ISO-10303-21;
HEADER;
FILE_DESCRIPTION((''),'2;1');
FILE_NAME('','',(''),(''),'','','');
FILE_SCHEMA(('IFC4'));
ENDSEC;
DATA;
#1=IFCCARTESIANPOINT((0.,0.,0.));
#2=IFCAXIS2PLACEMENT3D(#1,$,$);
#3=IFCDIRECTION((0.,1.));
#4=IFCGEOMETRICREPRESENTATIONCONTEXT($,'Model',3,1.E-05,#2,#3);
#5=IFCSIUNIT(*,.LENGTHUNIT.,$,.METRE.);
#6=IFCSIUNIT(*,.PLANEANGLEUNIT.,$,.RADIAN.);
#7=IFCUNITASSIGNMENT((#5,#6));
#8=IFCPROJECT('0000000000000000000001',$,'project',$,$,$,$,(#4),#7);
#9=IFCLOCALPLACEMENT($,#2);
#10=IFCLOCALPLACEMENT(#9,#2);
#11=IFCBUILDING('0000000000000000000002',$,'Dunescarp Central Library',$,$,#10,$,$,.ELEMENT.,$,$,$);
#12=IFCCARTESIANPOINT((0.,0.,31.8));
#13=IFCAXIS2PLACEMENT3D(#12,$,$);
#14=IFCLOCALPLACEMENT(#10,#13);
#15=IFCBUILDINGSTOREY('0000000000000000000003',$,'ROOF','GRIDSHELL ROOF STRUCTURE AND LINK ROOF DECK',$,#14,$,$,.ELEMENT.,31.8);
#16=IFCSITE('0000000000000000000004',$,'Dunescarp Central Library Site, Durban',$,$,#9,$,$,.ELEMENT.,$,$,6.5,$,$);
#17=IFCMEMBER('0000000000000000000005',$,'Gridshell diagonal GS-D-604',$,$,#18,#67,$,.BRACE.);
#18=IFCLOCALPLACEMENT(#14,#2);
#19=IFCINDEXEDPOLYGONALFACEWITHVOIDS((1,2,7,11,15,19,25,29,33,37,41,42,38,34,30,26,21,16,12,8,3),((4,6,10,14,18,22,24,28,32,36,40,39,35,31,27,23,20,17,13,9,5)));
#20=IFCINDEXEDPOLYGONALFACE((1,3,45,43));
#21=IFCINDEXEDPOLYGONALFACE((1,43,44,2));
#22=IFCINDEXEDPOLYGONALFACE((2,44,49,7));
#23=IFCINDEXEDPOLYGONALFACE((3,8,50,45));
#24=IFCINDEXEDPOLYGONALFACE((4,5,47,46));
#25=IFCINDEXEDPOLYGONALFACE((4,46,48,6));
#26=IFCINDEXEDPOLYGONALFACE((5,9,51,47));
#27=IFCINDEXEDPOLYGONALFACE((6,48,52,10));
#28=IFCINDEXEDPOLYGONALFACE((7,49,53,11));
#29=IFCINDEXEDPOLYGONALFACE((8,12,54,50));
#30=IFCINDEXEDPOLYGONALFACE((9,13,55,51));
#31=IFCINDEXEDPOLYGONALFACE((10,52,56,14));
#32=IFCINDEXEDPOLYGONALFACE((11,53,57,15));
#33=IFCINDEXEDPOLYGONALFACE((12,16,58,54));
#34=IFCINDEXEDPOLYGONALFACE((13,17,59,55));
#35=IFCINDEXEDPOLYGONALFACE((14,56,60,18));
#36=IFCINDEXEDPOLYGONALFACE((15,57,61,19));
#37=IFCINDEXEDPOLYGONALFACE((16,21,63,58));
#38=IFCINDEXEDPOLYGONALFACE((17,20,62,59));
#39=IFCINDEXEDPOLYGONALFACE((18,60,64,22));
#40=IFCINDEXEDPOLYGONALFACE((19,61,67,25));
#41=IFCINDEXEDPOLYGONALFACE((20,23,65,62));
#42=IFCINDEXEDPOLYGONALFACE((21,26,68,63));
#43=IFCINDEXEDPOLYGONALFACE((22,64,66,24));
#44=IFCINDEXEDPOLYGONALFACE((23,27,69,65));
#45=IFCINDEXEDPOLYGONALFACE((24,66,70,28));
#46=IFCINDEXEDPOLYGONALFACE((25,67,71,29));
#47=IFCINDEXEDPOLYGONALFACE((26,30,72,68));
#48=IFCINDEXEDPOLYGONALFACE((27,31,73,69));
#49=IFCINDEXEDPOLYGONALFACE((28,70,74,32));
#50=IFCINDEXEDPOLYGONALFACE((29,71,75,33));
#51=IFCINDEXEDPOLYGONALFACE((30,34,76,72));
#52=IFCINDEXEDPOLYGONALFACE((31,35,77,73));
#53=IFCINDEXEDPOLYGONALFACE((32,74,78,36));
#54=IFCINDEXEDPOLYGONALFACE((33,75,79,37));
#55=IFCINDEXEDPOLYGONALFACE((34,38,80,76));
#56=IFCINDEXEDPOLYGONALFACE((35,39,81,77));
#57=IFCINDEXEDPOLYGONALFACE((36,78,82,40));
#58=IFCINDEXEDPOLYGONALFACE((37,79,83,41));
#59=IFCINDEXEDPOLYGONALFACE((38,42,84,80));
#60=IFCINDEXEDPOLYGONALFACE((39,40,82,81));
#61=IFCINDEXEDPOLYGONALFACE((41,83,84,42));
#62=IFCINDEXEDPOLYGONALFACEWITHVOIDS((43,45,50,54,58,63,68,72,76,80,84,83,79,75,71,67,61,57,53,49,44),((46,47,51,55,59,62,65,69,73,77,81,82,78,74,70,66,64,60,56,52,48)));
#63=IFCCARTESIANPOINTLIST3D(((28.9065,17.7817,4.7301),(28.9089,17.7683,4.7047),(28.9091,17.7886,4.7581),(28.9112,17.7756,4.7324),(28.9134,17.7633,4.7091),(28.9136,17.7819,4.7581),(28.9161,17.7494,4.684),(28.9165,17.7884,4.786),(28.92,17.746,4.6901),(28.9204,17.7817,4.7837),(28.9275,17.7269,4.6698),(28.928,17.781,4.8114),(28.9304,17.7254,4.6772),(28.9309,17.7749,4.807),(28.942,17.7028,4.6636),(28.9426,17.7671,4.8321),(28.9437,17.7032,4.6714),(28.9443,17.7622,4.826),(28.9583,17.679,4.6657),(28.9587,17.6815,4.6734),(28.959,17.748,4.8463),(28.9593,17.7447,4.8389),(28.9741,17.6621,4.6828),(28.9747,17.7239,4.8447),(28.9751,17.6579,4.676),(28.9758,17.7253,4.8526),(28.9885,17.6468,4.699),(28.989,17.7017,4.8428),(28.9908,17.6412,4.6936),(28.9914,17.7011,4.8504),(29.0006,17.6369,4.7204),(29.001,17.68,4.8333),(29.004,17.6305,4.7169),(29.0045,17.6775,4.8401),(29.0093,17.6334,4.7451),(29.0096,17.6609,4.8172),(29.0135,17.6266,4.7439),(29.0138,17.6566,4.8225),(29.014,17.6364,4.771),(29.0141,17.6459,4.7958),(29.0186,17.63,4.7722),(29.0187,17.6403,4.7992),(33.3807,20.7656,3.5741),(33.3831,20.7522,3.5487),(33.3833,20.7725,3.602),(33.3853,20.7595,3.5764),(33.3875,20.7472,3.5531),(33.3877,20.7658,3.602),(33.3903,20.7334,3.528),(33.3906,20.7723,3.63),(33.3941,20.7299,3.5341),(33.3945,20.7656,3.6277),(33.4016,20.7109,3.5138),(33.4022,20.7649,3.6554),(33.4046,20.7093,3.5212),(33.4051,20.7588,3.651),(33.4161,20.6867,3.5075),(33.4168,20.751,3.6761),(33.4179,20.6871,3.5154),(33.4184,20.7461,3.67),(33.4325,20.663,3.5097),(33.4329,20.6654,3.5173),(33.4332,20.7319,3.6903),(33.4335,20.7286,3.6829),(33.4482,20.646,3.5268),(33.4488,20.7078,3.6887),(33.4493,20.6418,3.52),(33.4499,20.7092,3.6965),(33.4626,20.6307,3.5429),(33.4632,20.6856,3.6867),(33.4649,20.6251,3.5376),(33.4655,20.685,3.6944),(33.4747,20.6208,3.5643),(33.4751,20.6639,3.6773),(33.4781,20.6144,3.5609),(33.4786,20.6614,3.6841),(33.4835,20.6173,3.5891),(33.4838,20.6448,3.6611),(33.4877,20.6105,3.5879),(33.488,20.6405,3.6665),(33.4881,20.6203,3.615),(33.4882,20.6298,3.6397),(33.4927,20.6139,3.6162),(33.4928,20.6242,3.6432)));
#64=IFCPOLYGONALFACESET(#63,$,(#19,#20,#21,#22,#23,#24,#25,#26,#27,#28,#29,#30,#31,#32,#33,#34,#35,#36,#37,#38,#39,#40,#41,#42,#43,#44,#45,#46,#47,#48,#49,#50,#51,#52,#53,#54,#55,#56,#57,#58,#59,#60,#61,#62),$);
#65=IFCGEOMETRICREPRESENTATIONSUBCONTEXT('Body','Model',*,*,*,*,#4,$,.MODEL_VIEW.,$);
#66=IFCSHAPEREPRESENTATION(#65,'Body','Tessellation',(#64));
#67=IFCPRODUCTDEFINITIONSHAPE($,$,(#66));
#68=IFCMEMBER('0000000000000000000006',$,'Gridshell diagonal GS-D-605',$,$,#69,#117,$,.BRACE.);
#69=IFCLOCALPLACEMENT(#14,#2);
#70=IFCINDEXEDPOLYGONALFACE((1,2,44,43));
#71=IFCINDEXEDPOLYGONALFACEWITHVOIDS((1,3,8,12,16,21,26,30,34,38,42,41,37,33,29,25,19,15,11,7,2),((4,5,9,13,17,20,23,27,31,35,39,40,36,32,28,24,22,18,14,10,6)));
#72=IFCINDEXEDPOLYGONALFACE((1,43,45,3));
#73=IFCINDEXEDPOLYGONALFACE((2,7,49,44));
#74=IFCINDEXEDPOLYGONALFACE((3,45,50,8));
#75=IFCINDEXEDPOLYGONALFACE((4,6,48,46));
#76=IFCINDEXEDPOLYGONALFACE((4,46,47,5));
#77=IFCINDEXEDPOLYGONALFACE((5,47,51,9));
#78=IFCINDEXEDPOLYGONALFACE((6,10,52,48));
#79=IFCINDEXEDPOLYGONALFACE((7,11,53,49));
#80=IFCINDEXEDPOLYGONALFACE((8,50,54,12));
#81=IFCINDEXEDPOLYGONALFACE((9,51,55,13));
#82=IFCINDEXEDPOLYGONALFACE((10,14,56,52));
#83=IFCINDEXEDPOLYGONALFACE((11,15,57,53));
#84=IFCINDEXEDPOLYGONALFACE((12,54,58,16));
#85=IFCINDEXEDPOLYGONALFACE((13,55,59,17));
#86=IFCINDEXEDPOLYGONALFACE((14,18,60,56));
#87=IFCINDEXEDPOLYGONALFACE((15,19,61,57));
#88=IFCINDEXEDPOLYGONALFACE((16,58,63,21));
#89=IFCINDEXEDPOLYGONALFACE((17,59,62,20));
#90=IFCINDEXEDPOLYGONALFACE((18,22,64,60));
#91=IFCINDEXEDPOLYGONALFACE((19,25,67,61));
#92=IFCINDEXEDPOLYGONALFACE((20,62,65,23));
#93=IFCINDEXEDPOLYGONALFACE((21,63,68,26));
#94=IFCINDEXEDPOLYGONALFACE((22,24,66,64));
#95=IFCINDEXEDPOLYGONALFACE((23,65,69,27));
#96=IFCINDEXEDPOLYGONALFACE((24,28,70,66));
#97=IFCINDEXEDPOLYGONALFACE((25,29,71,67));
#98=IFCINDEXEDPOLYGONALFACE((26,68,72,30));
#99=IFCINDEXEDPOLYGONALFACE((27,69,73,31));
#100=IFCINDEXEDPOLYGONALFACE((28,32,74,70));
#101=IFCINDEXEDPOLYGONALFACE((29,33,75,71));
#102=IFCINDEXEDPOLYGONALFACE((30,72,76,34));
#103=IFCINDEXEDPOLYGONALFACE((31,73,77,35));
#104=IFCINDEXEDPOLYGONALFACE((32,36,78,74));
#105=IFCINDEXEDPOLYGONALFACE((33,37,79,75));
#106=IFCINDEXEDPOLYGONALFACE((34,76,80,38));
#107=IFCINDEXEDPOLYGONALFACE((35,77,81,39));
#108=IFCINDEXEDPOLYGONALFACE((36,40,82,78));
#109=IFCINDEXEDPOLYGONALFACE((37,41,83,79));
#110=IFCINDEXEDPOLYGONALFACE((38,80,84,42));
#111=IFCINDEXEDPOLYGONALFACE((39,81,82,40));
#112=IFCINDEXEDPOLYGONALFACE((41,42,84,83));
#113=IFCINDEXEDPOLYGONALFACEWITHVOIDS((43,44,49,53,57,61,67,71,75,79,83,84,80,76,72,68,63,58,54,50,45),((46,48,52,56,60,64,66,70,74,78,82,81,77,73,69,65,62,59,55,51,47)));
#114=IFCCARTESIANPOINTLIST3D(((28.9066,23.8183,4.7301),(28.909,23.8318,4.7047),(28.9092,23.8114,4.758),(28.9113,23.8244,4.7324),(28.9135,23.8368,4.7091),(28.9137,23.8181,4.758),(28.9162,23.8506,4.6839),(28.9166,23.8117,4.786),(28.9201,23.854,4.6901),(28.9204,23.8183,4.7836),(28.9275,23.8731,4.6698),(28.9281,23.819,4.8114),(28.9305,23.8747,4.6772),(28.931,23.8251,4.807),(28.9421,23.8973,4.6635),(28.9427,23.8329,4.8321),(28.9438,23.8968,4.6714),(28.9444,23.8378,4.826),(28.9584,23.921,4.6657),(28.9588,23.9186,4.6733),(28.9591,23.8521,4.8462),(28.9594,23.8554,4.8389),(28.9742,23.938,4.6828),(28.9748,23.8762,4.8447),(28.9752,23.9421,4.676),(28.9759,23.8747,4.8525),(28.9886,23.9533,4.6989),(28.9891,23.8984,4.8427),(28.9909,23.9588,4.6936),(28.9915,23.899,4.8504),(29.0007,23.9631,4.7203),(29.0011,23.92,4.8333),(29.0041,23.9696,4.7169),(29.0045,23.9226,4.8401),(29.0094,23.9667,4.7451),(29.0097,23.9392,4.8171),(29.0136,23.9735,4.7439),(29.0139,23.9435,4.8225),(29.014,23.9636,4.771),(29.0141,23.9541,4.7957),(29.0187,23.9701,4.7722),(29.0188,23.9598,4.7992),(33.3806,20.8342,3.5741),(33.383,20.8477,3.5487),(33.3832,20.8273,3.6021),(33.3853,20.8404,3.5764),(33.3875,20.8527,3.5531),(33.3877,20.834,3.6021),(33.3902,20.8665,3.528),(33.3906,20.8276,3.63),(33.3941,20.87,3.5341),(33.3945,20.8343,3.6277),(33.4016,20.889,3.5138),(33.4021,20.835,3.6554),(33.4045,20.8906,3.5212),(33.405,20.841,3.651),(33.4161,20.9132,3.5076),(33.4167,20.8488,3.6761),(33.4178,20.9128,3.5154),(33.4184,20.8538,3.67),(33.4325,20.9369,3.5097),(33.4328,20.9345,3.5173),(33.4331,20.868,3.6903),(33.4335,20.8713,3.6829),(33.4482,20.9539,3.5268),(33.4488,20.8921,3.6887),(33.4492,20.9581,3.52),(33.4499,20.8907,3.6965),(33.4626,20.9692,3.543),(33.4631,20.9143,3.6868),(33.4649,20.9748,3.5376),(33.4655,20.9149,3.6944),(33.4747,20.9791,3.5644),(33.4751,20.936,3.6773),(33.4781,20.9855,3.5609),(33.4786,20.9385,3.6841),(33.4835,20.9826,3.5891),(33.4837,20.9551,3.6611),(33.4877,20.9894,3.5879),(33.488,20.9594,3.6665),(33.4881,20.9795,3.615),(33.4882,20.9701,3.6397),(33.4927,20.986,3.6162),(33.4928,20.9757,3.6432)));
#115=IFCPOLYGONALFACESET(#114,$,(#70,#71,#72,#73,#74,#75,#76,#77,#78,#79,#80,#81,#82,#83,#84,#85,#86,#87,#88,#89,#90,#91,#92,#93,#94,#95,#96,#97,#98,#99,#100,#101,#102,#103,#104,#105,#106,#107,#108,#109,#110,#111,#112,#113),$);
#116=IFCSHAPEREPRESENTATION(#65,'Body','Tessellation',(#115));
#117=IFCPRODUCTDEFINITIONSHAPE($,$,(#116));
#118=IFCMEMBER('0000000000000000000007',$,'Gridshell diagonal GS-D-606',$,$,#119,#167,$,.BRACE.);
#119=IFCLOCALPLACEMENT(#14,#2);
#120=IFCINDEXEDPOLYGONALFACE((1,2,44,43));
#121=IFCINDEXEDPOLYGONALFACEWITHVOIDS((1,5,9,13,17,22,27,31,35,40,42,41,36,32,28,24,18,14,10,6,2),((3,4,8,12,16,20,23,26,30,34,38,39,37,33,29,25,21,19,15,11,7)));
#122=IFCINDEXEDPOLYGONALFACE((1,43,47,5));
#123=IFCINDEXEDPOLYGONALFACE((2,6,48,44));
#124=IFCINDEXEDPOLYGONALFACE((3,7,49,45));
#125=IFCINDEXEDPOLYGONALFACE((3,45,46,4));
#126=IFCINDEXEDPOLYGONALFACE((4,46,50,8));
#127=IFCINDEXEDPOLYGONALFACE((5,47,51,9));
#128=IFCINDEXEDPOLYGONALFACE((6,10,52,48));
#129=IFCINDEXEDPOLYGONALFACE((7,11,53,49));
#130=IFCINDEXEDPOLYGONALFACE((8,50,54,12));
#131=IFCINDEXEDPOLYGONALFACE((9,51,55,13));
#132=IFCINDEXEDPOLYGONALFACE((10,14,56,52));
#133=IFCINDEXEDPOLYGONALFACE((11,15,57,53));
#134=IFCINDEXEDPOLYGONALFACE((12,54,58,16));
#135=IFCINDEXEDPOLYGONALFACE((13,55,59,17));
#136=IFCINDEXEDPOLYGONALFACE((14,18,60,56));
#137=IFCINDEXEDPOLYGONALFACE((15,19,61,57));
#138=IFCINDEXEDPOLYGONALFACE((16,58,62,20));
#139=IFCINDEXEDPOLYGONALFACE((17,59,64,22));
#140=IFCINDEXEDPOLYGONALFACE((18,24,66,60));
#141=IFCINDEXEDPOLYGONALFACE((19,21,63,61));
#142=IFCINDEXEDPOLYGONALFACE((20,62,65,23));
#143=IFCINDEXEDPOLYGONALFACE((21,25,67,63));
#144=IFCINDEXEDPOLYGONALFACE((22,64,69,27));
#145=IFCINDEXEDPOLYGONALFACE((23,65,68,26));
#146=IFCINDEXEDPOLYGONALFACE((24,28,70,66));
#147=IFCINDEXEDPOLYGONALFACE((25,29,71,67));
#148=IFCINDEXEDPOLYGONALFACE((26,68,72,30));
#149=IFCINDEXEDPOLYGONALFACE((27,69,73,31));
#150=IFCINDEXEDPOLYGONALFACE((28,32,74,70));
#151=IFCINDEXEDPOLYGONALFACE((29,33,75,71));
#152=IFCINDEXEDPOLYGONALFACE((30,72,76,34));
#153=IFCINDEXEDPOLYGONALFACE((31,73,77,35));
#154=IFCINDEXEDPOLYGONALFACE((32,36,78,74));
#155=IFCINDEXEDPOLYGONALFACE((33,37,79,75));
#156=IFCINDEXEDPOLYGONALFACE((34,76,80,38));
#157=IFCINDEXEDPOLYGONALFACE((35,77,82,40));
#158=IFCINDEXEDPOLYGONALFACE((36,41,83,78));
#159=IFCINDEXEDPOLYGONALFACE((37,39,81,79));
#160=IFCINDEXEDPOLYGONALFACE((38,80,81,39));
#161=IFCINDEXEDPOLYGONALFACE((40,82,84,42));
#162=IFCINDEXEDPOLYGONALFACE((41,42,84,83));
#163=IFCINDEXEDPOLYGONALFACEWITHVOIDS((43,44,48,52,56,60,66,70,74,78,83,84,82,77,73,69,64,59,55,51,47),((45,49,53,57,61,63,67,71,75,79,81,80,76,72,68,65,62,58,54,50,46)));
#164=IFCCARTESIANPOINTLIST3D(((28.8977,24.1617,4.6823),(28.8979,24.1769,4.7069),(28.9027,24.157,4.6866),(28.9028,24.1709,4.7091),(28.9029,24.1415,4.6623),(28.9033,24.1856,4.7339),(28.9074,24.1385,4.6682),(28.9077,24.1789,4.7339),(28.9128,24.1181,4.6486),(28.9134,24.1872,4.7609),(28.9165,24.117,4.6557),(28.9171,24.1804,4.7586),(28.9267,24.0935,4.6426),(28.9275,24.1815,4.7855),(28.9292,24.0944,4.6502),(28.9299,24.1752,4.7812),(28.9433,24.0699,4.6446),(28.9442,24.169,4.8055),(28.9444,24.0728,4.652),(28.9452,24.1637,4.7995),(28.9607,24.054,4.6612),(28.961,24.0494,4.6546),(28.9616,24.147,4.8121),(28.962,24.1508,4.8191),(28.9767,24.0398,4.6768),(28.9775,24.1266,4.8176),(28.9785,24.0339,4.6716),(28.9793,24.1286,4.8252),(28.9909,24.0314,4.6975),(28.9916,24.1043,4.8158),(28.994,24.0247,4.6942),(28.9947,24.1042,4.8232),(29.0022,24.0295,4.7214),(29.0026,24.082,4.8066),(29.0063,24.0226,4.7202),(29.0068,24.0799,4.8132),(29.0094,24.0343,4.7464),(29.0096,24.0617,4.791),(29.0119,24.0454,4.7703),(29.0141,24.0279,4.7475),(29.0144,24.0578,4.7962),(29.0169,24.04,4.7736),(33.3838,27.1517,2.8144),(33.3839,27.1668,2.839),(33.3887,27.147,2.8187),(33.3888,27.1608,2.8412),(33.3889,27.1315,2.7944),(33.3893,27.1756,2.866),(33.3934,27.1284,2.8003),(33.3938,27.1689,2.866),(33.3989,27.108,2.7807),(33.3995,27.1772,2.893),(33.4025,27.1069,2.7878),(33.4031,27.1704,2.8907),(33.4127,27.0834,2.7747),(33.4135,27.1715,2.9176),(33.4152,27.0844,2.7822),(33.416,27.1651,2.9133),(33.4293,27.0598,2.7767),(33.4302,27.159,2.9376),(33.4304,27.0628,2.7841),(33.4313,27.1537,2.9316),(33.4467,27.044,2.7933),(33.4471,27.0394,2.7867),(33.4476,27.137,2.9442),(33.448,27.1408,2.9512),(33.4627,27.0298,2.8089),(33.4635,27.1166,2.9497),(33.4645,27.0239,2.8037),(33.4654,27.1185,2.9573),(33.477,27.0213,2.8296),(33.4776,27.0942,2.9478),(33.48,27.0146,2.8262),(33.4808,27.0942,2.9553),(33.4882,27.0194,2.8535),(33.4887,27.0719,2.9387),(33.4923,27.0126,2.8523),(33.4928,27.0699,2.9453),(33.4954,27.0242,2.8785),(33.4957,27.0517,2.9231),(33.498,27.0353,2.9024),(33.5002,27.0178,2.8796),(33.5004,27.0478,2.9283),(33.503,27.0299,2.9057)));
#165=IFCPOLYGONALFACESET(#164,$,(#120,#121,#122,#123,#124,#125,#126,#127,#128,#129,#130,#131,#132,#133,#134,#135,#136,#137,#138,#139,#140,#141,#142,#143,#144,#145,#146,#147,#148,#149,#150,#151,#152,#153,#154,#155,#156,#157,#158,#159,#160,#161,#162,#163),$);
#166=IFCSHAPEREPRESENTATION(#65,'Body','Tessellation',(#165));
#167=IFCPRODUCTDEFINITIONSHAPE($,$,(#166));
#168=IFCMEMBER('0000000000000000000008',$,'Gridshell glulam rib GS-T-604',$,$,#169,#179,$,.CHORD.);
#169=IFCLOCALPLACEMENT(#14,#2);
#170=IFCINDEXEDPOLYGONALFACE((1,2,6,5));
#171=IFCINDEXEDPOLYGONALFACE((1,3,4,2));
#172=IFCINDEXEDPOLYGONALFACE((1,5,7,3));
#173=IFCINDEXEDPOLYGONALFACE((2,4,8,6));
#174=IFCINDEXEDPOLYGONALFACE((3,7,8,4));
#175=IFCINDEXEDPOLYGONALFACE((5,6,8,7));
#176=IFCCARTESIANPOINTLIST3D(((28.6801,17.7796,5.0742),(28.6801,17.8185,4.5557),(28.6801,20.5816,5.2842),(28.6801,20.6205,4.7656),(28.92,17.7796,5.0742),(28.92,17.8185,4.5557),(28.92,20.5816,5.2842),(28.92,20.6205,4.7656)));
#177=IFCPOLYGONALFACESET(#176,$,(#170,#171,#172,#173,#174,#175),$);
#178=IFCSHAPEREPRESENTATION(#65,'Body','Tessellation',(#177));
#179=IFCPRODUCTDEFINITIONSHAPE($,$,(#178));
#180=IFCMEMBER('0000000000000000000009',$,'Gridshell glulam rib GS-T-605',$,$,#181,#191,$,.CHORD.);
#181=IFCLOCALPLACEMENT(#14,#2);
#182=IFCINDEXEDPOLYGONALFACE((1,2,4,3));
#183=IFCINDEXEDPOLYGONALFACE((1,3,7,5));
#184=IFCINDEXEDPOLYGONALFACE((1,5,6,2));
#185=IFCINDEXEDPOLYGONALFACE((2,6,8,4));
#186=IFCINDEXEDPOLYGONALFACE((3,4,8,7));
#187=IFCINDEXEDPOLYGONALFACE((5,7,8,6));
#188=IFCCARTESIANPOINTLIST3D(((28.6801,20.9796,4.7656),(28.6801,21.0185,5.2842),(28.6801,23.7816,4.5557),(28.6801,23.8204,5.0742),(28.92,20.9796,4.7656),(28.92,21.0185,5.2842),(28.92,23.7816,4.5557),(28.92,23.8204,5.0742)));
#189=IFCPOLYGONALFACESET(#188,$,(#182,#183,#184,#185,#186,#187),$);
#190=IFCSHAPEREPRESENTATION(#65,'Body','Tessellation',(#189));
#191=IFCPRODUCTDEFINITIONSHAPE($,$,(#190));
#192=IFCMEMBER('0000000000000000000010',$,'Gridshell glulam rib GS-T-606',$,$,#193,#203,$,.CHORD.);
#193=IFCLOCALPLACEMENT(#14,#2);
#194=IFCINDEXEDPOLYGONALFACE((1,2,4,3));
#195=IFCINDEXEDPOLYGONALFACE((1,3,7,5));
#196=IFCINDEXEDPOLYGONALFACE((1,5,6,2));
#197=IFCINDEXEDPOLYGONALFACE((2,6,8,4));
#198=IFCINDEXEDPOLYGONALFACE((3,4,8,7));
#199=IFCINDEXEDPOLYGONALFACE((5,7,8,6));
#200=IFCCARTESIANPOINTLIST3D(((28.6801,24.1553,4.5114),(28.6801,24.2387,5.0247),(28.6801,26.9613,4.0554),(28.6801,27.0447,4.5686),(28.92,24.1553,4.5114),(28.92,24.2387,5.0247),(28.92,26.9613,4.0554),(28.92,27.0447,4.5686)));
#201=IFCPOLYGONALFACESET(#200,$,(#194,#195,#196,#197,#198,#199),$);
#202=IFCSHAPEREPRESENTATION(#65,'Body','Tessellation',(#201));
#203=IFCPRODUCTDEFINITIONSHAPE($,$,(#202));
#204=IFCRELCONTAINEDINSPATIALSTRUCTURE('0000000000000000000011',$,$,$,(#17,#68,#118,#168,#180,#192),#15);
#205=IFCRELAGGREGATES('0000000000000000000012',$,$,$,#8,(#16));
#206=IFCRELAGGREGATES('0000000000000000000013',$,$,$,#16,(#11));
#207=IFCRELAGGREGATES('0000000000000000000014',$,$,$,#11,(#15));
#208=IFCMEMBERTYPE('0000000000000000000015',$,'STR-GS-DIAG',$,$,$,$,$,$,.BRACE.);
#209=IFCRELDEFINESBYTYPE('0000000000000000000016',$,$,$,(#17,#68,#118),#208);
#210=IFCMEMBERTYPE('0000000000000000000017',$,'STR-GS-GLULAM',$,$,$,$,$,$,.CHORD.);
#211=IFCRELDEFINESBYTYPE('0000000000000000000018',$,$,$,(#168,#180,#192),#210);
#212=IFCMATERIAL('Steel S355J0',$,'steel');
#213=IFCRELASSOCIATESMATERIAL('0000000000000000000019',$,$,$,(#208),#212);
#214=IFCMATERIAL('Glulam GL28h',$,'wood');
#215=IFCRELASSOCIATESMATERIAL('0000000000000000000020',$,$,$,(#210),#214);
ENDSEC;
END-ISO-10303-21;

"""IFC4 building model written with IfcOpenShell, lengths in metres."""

from ifc_helpers import new_model, si_unit, direction, frame, origin, origin_2d, place, context, subcontext, project, spatial, rectangle, hollow_circle, extrude, material, material_profile, profile_set, type_object, element, save


model = new_model("IFC4")

# Units and contexts
model_context = context("Model", 3, precision=1e-05, world=origin(), true_north=direction((0.0, 1.0)))
body_context = subcontext(model_context, "Body", "Model", "MODEL_VIEW")
ifc_project = project(units=[si_unit("LENGTHUNIT", "METRE"), si_unit("PLANEANGLEUNIT", "RADIAN")], contexts=[model_context])

# Site, building, storey
site_placement = place(None, origin())
site = spatial("IfcSite", under=ifc_project, at=site_placement, Name="Dunescarp Central Library Site, Durban", CompositionType="ELEMENT", RefElevation=6.5)
building_placement = place(site_placement, origin())
building = spatial("IfcBuilding", under=site, at=building_placement, Name="Dunescarp Central Library", CompositionType="ELEMENT")
storey_placement = place(building_placement, frame((0.0, 0.0, 31.8)))
storey = spatial("IfcBuildingStorey", under=building, at=storey_placement, Name="ROOF", Description="GRIDSHELL ROOF STRUCTURE AND LINK ROOF DECK", CompositionType="ELEMENT", Elevation=31.8)

# Members
ifc_material_1 = material(Name="Steel S355J0", Category="steel")
ifc_material_profile_1 = material_profile(ifc_material_1, hollow_circle(Radius=0.0969, WallThickness=0.0081, at=origin_2d()), Name="CHS 193.7x8")
ifc_profile_set_1 = profile_set([ifc_material_profile_1], Name="Steel S355J0")
member_type_1 = type_object("IfcMemberType", Name="STR-GS-DIAG", PredefinedType="BRACE", material=ifc_profile_set_1)
for number, where, z_axis, x_axis, name in (
    (1, (28.9629, 17.708, 4.7581), (0.813373, 0.542456, -0.210156), (-0.554847, 0.831953, 0.0), "Gridshell diagonal GS-D-604"),
    (2, (33.437, 20.908, 3.6021), (-0.813354, 0.542487, 0.210151), (-0.554878, -0.831932, 0.0), "Gridshell diagonal GS-D-605"),
):
    element("IfcMember", number, at=place(storey_placement, frame(where, z_axis=z_axis, x_axis=x_axis)), inside=storey, type_object=member_type_1, Name=name, PredefinedType="BRACE", context=body_context, shape_type="SweptSolid", body=[
        extrude(hollow_circle(Radius=0.0969, WallThickness=0.0081, at=origin_2d()), origin(), (0.0, 0.0, 1.0), 5.5007),
    ])
member_1_placement = place(storey_placement, frame((28.957, 24.105, 4.7339), z_axis=(0.786257, 0.524043, -0.327382), x_axis=(-0.554606, 0.832113, 0.0)))
element("IfcMember", 3, at=member_1_placement, inside=storey, type_object=member_type_1, Name="Gridshell diagonal GS-D-606", PredefinedType="BRACE", context=body_context, shape_type="SweptSolid", body=[
    extrude(hollow_circle(Radius=0.0969, WallThickness=0.0081, at=origin_2d()), origin(), (0.0, 0.0, 1.0), 5.7056),
])
ifc_material_2 = material(Name="Glulam GL28h", Category="wood")
ifc_material_profile_2 = material_profile(ifc_material_2, rectangle(XDim=0.24, YDim=0.52, at=origin_2d()), Name="GL28h 240x520")
ifc_profile_set_2 = profile_set([ifc_material_profile_2], Name="Glulam GL28h")
member_type_2 = type_object("IfcMemberType", Name="STR-GS-GLULAM", PredefinedType="CHORD", material=ifc_profile_set_2)
for number, where, z_axis, x_axis, name in (
    (4, (28.8, 17.7991, 4.8149), (0.0, 0.997204, 0.074723), (-1.0, 0.0, 0.0), "Gridshell glulam rib GS-T-604"),
    (5, (28.8, 20.999, 5.0249), (0.0, 0.997204, -0.074723), (-1.0, 0.0, 0.0), "Gridshell glulam rib GS-T-605"),
):
    element("IfcMember", number, at=place(storey_placement, frame(where, z_axis=z_axis, x_axis=x_axis)), inside=storey, type_object=member_type_2, Name=name, PredefinedType="CHORD", context=body_context, shape_type="SweptSolid", body=[
        extrude(rectangle(XDim=0.24, YDim=0.52, at=origin_2d()), origin(), (0.0, 0.0, 1.0), 2.8098),
    ])
member_2_placement = place(storey_placement, frame((28.8, 24.197, 4.7681), z_axis=(0.0, 0.987047, -0.160428), x_axis=(-1.0, 0.0, 0.0)))
element("IfcMember", 6, at=member_2_placement, inside=storey, type_object=member_type_2, Name="Gridshell glulam rib GS-T-606", PredefinedType="CHORD", context=body_context, shape_type="SweptSolid", body=[
    extrude(rectangle(XDim=0.24, YDim=0.52, at=origin_2d()), origin(), (0.0, 0.0, 1.0), 2.8428),
])

save(model, "model.ifc")
